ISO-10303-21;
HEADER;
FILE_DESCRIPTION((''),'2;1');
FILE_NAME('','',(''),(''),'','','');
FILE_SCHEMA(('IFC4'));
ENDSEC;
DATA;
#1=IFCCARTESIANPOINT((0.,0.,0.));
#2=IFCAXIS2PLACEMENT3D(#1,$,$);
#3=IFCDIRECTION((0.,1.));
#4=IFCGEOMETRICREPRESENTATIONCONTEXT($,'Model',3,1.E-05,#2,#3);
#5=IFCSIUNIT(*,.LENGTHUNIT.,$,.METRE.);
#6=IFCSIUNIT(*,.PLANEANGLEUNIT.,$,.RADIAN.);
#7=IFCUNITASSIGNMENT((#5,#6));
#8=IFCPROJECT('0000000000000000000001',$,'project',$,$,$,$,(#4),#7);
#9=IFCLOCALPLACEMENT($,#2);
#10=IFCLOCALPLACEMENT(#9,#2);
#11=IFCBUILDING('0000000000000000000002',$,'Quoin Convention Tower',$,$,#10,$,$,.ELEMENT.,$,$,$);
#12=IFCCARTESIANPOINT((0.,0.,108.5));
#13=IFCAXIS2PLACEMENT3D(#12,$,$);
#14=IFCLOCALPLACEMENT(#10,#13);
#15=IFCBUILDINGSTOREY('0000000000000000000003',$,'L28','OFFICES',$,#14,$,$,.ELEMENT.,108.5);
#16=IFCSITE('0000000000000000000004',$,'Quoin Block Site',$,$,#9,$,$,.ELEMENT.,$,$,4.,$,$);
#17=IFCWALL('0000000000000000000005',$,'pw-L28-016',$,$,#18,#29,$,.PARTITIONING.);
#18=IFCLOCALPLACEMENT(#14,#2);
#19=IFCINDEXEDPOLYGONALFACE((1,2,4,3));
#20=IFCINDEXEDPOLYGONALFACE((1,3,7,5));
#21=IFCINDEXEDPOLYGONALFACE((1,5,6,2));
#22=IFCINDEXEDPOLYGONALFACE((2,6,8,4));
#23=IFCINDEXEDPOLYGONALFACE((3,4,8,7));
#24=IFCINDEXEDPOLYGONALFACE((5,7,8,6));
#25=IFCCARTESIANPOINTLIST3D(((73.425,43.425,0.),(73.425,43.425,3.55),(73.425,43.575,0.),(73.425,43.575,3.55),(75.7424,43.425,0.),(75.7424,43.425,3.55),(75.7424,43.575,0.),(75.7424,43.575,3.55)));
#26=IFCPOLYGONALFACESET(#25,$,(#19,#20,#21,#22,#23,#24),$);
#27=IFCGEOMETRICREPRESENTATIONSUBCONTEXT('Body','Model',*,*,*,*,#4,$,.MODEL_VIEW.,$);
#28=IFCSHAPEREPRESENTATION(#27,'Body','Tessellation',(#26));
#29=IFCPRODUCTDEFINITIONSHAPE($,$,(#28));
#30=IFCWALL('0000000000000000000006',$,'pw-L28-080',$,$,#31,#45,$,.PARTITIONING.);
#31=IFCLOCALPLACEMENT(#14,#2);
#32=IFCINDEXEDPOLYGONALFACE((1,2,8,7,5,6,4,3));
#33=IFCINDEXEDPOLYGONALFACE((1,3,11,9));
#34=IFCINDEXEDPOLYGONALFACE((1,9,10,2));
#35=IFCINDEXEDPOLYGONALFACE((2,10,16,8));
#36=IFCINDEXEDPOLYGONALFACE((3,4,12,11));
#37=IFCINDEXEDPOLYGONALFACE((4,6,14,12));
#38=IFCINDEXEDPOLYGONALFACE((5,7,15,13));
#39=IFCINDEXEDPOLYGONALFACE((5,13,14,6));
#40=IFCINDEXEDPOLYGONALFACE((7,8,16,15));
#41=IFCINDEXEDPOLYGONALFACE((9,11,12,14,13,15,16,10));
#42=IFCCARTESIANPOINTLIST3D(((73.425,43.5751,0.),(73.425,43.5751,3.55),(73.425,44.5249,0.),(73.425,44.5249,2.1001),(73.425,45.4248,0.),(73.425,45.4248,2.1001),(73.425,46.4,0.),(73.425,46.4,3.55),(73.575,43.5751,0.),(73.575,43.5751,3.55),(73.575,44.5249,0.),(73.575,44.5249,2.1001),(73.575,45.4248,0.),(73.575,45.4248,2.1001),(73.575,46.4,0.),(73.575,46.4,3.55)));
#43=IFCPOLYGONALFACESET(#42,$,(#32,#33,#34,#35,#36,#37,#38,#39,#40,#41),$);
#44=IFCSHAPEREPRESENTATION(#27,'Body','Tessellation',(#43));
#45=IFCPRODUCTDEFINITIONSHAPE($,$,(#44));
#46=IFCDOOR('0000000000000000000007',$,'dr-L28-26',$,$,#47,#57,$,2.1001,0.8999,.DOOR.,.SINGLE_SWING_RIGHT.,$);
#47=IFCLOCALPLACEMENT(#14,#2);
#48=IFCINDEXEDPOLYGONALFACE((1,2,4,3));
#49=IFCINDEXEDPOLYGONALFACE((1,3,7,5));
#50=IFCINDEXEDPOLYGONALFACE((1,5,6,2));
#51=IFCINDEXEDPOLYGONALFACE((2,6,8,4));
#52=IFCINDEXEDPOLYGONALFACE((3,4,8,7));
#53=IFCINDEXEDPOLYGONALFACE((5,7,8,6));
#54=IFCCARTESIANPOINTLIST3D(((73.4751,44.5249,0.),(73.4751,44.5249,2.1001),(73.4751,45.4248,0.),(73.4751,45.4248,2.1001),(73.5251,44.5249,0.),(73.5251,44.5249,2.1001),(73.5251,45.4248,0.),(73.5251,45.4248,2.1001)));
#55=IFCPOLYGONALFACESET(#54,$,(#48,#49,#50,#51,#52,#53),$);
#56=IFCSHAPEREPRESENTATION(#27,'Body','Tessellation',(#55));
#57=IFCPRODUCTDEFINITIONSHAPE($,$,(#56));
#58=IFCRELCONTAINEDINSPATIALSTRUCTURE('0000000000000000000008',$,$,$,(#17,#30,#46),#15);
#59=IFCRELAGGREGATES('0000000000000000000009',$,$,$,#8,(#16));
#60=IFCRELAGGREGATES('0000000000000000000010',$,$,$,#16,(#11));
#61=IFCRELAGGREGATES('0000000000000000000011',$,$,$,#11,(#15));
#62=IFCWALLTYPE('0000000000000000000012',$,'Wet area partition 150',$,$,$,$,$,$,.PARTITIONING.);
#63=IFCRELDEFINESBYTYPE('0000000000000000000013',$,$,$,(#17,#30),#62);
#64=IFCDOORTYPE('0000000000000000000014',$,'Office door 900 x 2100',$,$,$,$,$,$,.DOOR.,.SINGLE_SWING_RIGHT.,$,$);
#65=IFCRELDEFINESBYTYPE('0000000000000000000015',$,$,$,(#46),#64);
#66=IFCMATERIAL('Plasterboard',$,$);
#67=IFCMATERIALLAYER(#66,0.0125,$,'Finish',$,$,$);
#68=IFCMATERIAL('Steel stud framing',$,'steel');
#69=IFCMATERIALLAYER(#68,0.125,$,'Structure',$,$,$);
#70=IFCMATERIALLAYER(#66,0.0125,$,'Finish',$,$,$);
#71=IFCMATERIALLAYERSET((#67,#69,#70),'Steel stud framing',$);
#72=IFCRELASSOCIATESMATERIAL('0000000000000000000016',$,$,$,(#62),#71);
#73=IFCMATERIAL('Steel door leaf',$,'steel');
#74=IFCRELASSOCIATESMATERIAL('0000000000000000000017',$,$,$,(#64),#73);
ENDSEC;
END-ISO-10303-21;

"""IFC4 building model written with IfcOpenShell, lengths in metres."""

from ifc_helpers import new_model, si_unit, direction, frame, frame_2d, origin, place, context, subcontext, project, spatial, rectangle, extrude, material, layer, layer_set, type_object, element, fill, save


model = new_model("IFC4")

# Units and contexts
model_context = context("Model", 3, precision=1e-05, world=origin(), true_north=direction((0.0, 1.0)))
body_context = subcontext(model_context, "Body", "Model", "MODEL_VIEW")
ifc_project = project(units=[si_unit("LENGTHUNIT", "METRE"), si_unit("PLANEANGLEUNIT", "RADIAN")], contexts=[model_context])

# Site, building, storey
site_placement = place(None, origin())
site = spatial("IfcSite", under=ifc_project, at=site_placement, Name="Quoin Block Site", CompositionType="ELEMENT", RefElevation=4.0)
building_placement = place(site_placement, origin())
building = spatial("IfcBuilding", under=site, at=building_placement, Name="Quoin Convention Tower", CompositionType="ELEMENT")
storey_placement = place(building_placement, frame((0.0, 0.0, 108.5)))
storey = spatial("IfcBuildingStorey", under=building, at=storey_placement, Name="L28", Description="OFFICES", CompositionType="ELEMENT", Elevation=108.5)

# Wall
ifc_material_1 = material(Name="Plasterboard")
ifc_material_2 = material(Name="Steel stud framing", Category="steel")
ifc_layer_1 = layer(ifc_material_1, 0.0125, Name="Finish")
ifc_layer_2 = layer(ifc_material_2, 0.125, Name="Structure")
ifc_layer_3 = layer(ifc_material_1, 0.0125, Name="Finish")
ifc_layer_set_1 = layer_set([ifc_layer_1, ifc_layer_2, ifc_layer_3], Name="Steel stud framing")
wall_type_1 = type_object("IfcWallType", Name="Wet area partition 150", PredefinedType="PARTITIONING", material=ifc_layer_set_1)
wall_1_placement = place(storey_placement, frame((73.425, 43.5, 0.0), z_axis=(0.0, 0.0, 1.0), x_axis=(1.0, 0.0, 0.0)))
element("IfcWall", 1, at=wall_1_placement, inside=storey, type_object=wall_type_1, Name="pw-L28-016", PredefinedType="PARTITIONING", context=body_context, shape_type="SweptSolid", body=[
    extrude(rectangle(XDim=2.3174, YDim=0.1499, at=frame_2d((1.1587, 0.0))), origin(), (0.0, 0.0, 1.0), 3.55),
])

# Wall, opening, door
wall_2_placement = place(storey_placement, frame((73.5, 43.575, 0.0), z_axis=(0.0, 0.0, 1.0), x_axis=(0.0, 1.0, 0.0)))
wall_2 = element("IfcWall", 2, at=wall_2_placement, inside=storey, type_object=wall_type_1, Name="pw-L28-080", PredefinedType="PARTITIONING", context=body_context, shape_type="SweptSolid", body=[
    extrude(rectangle(XDim=2.825, YDim=0.1499, at=frame_2d((1.4126, 0.0))), origin(), (0.0, 0.0, 1.0), 3.55),
])
opening_1_placement = place(wall_2_placement, frame((0.95, 0.0, 0.0)))
opening_1 = element("IfcOpeningElement", 3, at=opening_1_placement, cuts=wall_2, PredefinedType="OPENING", context=body_context, shape_type="SweptSolid", body=[
    extrude(rectangle(XDim=0.8999, YDim=2.1001, at=frame_2d((0.45, 1.05))), frame((0.0, 0.085, 0.0), z_axis=(0.0, -1.0, 0.0), x_axis=(1.0, 0.0, 0.0)), (0.0, 0.0, 1.0), 0.1699),
])
ifc_material_3 = material(Name="Steel door leaf", Category="steel")
door_type = type_object("IfcDoorType", Name="Office door 900 x 2100", OperationType="SINGLE_SWING_RIGHT", PredefinedType="DOOR", material=ifc_material_3)
door_placement = place(opening_1_placement, origin())
door = element("IfcDoor", 4, at=door_placement, inside=storey, type_object=door_type, Name="dr-L28-26", OperationType="SINGLE_SWING_RIGHT", OverallHeight=2.1001, OverallWidth=0.8999, PredefinedType="DOOR", context=body_context, shape_type="SweptSolid", body=[
    extrude(rectangle(XDim=0.8999, YDim=2.1001, at=frame_2d((0.45, 1.05))), frame((0.0, 0.0249, 0.0), z_axis=(0.0, -1.0, 0.0), x_axis=(1.0, 0.0, 0.0)), (0.0, 0.0, 1.0), 0.05),
])
fill(opening_1, door)

save(model, "model.ifc")
